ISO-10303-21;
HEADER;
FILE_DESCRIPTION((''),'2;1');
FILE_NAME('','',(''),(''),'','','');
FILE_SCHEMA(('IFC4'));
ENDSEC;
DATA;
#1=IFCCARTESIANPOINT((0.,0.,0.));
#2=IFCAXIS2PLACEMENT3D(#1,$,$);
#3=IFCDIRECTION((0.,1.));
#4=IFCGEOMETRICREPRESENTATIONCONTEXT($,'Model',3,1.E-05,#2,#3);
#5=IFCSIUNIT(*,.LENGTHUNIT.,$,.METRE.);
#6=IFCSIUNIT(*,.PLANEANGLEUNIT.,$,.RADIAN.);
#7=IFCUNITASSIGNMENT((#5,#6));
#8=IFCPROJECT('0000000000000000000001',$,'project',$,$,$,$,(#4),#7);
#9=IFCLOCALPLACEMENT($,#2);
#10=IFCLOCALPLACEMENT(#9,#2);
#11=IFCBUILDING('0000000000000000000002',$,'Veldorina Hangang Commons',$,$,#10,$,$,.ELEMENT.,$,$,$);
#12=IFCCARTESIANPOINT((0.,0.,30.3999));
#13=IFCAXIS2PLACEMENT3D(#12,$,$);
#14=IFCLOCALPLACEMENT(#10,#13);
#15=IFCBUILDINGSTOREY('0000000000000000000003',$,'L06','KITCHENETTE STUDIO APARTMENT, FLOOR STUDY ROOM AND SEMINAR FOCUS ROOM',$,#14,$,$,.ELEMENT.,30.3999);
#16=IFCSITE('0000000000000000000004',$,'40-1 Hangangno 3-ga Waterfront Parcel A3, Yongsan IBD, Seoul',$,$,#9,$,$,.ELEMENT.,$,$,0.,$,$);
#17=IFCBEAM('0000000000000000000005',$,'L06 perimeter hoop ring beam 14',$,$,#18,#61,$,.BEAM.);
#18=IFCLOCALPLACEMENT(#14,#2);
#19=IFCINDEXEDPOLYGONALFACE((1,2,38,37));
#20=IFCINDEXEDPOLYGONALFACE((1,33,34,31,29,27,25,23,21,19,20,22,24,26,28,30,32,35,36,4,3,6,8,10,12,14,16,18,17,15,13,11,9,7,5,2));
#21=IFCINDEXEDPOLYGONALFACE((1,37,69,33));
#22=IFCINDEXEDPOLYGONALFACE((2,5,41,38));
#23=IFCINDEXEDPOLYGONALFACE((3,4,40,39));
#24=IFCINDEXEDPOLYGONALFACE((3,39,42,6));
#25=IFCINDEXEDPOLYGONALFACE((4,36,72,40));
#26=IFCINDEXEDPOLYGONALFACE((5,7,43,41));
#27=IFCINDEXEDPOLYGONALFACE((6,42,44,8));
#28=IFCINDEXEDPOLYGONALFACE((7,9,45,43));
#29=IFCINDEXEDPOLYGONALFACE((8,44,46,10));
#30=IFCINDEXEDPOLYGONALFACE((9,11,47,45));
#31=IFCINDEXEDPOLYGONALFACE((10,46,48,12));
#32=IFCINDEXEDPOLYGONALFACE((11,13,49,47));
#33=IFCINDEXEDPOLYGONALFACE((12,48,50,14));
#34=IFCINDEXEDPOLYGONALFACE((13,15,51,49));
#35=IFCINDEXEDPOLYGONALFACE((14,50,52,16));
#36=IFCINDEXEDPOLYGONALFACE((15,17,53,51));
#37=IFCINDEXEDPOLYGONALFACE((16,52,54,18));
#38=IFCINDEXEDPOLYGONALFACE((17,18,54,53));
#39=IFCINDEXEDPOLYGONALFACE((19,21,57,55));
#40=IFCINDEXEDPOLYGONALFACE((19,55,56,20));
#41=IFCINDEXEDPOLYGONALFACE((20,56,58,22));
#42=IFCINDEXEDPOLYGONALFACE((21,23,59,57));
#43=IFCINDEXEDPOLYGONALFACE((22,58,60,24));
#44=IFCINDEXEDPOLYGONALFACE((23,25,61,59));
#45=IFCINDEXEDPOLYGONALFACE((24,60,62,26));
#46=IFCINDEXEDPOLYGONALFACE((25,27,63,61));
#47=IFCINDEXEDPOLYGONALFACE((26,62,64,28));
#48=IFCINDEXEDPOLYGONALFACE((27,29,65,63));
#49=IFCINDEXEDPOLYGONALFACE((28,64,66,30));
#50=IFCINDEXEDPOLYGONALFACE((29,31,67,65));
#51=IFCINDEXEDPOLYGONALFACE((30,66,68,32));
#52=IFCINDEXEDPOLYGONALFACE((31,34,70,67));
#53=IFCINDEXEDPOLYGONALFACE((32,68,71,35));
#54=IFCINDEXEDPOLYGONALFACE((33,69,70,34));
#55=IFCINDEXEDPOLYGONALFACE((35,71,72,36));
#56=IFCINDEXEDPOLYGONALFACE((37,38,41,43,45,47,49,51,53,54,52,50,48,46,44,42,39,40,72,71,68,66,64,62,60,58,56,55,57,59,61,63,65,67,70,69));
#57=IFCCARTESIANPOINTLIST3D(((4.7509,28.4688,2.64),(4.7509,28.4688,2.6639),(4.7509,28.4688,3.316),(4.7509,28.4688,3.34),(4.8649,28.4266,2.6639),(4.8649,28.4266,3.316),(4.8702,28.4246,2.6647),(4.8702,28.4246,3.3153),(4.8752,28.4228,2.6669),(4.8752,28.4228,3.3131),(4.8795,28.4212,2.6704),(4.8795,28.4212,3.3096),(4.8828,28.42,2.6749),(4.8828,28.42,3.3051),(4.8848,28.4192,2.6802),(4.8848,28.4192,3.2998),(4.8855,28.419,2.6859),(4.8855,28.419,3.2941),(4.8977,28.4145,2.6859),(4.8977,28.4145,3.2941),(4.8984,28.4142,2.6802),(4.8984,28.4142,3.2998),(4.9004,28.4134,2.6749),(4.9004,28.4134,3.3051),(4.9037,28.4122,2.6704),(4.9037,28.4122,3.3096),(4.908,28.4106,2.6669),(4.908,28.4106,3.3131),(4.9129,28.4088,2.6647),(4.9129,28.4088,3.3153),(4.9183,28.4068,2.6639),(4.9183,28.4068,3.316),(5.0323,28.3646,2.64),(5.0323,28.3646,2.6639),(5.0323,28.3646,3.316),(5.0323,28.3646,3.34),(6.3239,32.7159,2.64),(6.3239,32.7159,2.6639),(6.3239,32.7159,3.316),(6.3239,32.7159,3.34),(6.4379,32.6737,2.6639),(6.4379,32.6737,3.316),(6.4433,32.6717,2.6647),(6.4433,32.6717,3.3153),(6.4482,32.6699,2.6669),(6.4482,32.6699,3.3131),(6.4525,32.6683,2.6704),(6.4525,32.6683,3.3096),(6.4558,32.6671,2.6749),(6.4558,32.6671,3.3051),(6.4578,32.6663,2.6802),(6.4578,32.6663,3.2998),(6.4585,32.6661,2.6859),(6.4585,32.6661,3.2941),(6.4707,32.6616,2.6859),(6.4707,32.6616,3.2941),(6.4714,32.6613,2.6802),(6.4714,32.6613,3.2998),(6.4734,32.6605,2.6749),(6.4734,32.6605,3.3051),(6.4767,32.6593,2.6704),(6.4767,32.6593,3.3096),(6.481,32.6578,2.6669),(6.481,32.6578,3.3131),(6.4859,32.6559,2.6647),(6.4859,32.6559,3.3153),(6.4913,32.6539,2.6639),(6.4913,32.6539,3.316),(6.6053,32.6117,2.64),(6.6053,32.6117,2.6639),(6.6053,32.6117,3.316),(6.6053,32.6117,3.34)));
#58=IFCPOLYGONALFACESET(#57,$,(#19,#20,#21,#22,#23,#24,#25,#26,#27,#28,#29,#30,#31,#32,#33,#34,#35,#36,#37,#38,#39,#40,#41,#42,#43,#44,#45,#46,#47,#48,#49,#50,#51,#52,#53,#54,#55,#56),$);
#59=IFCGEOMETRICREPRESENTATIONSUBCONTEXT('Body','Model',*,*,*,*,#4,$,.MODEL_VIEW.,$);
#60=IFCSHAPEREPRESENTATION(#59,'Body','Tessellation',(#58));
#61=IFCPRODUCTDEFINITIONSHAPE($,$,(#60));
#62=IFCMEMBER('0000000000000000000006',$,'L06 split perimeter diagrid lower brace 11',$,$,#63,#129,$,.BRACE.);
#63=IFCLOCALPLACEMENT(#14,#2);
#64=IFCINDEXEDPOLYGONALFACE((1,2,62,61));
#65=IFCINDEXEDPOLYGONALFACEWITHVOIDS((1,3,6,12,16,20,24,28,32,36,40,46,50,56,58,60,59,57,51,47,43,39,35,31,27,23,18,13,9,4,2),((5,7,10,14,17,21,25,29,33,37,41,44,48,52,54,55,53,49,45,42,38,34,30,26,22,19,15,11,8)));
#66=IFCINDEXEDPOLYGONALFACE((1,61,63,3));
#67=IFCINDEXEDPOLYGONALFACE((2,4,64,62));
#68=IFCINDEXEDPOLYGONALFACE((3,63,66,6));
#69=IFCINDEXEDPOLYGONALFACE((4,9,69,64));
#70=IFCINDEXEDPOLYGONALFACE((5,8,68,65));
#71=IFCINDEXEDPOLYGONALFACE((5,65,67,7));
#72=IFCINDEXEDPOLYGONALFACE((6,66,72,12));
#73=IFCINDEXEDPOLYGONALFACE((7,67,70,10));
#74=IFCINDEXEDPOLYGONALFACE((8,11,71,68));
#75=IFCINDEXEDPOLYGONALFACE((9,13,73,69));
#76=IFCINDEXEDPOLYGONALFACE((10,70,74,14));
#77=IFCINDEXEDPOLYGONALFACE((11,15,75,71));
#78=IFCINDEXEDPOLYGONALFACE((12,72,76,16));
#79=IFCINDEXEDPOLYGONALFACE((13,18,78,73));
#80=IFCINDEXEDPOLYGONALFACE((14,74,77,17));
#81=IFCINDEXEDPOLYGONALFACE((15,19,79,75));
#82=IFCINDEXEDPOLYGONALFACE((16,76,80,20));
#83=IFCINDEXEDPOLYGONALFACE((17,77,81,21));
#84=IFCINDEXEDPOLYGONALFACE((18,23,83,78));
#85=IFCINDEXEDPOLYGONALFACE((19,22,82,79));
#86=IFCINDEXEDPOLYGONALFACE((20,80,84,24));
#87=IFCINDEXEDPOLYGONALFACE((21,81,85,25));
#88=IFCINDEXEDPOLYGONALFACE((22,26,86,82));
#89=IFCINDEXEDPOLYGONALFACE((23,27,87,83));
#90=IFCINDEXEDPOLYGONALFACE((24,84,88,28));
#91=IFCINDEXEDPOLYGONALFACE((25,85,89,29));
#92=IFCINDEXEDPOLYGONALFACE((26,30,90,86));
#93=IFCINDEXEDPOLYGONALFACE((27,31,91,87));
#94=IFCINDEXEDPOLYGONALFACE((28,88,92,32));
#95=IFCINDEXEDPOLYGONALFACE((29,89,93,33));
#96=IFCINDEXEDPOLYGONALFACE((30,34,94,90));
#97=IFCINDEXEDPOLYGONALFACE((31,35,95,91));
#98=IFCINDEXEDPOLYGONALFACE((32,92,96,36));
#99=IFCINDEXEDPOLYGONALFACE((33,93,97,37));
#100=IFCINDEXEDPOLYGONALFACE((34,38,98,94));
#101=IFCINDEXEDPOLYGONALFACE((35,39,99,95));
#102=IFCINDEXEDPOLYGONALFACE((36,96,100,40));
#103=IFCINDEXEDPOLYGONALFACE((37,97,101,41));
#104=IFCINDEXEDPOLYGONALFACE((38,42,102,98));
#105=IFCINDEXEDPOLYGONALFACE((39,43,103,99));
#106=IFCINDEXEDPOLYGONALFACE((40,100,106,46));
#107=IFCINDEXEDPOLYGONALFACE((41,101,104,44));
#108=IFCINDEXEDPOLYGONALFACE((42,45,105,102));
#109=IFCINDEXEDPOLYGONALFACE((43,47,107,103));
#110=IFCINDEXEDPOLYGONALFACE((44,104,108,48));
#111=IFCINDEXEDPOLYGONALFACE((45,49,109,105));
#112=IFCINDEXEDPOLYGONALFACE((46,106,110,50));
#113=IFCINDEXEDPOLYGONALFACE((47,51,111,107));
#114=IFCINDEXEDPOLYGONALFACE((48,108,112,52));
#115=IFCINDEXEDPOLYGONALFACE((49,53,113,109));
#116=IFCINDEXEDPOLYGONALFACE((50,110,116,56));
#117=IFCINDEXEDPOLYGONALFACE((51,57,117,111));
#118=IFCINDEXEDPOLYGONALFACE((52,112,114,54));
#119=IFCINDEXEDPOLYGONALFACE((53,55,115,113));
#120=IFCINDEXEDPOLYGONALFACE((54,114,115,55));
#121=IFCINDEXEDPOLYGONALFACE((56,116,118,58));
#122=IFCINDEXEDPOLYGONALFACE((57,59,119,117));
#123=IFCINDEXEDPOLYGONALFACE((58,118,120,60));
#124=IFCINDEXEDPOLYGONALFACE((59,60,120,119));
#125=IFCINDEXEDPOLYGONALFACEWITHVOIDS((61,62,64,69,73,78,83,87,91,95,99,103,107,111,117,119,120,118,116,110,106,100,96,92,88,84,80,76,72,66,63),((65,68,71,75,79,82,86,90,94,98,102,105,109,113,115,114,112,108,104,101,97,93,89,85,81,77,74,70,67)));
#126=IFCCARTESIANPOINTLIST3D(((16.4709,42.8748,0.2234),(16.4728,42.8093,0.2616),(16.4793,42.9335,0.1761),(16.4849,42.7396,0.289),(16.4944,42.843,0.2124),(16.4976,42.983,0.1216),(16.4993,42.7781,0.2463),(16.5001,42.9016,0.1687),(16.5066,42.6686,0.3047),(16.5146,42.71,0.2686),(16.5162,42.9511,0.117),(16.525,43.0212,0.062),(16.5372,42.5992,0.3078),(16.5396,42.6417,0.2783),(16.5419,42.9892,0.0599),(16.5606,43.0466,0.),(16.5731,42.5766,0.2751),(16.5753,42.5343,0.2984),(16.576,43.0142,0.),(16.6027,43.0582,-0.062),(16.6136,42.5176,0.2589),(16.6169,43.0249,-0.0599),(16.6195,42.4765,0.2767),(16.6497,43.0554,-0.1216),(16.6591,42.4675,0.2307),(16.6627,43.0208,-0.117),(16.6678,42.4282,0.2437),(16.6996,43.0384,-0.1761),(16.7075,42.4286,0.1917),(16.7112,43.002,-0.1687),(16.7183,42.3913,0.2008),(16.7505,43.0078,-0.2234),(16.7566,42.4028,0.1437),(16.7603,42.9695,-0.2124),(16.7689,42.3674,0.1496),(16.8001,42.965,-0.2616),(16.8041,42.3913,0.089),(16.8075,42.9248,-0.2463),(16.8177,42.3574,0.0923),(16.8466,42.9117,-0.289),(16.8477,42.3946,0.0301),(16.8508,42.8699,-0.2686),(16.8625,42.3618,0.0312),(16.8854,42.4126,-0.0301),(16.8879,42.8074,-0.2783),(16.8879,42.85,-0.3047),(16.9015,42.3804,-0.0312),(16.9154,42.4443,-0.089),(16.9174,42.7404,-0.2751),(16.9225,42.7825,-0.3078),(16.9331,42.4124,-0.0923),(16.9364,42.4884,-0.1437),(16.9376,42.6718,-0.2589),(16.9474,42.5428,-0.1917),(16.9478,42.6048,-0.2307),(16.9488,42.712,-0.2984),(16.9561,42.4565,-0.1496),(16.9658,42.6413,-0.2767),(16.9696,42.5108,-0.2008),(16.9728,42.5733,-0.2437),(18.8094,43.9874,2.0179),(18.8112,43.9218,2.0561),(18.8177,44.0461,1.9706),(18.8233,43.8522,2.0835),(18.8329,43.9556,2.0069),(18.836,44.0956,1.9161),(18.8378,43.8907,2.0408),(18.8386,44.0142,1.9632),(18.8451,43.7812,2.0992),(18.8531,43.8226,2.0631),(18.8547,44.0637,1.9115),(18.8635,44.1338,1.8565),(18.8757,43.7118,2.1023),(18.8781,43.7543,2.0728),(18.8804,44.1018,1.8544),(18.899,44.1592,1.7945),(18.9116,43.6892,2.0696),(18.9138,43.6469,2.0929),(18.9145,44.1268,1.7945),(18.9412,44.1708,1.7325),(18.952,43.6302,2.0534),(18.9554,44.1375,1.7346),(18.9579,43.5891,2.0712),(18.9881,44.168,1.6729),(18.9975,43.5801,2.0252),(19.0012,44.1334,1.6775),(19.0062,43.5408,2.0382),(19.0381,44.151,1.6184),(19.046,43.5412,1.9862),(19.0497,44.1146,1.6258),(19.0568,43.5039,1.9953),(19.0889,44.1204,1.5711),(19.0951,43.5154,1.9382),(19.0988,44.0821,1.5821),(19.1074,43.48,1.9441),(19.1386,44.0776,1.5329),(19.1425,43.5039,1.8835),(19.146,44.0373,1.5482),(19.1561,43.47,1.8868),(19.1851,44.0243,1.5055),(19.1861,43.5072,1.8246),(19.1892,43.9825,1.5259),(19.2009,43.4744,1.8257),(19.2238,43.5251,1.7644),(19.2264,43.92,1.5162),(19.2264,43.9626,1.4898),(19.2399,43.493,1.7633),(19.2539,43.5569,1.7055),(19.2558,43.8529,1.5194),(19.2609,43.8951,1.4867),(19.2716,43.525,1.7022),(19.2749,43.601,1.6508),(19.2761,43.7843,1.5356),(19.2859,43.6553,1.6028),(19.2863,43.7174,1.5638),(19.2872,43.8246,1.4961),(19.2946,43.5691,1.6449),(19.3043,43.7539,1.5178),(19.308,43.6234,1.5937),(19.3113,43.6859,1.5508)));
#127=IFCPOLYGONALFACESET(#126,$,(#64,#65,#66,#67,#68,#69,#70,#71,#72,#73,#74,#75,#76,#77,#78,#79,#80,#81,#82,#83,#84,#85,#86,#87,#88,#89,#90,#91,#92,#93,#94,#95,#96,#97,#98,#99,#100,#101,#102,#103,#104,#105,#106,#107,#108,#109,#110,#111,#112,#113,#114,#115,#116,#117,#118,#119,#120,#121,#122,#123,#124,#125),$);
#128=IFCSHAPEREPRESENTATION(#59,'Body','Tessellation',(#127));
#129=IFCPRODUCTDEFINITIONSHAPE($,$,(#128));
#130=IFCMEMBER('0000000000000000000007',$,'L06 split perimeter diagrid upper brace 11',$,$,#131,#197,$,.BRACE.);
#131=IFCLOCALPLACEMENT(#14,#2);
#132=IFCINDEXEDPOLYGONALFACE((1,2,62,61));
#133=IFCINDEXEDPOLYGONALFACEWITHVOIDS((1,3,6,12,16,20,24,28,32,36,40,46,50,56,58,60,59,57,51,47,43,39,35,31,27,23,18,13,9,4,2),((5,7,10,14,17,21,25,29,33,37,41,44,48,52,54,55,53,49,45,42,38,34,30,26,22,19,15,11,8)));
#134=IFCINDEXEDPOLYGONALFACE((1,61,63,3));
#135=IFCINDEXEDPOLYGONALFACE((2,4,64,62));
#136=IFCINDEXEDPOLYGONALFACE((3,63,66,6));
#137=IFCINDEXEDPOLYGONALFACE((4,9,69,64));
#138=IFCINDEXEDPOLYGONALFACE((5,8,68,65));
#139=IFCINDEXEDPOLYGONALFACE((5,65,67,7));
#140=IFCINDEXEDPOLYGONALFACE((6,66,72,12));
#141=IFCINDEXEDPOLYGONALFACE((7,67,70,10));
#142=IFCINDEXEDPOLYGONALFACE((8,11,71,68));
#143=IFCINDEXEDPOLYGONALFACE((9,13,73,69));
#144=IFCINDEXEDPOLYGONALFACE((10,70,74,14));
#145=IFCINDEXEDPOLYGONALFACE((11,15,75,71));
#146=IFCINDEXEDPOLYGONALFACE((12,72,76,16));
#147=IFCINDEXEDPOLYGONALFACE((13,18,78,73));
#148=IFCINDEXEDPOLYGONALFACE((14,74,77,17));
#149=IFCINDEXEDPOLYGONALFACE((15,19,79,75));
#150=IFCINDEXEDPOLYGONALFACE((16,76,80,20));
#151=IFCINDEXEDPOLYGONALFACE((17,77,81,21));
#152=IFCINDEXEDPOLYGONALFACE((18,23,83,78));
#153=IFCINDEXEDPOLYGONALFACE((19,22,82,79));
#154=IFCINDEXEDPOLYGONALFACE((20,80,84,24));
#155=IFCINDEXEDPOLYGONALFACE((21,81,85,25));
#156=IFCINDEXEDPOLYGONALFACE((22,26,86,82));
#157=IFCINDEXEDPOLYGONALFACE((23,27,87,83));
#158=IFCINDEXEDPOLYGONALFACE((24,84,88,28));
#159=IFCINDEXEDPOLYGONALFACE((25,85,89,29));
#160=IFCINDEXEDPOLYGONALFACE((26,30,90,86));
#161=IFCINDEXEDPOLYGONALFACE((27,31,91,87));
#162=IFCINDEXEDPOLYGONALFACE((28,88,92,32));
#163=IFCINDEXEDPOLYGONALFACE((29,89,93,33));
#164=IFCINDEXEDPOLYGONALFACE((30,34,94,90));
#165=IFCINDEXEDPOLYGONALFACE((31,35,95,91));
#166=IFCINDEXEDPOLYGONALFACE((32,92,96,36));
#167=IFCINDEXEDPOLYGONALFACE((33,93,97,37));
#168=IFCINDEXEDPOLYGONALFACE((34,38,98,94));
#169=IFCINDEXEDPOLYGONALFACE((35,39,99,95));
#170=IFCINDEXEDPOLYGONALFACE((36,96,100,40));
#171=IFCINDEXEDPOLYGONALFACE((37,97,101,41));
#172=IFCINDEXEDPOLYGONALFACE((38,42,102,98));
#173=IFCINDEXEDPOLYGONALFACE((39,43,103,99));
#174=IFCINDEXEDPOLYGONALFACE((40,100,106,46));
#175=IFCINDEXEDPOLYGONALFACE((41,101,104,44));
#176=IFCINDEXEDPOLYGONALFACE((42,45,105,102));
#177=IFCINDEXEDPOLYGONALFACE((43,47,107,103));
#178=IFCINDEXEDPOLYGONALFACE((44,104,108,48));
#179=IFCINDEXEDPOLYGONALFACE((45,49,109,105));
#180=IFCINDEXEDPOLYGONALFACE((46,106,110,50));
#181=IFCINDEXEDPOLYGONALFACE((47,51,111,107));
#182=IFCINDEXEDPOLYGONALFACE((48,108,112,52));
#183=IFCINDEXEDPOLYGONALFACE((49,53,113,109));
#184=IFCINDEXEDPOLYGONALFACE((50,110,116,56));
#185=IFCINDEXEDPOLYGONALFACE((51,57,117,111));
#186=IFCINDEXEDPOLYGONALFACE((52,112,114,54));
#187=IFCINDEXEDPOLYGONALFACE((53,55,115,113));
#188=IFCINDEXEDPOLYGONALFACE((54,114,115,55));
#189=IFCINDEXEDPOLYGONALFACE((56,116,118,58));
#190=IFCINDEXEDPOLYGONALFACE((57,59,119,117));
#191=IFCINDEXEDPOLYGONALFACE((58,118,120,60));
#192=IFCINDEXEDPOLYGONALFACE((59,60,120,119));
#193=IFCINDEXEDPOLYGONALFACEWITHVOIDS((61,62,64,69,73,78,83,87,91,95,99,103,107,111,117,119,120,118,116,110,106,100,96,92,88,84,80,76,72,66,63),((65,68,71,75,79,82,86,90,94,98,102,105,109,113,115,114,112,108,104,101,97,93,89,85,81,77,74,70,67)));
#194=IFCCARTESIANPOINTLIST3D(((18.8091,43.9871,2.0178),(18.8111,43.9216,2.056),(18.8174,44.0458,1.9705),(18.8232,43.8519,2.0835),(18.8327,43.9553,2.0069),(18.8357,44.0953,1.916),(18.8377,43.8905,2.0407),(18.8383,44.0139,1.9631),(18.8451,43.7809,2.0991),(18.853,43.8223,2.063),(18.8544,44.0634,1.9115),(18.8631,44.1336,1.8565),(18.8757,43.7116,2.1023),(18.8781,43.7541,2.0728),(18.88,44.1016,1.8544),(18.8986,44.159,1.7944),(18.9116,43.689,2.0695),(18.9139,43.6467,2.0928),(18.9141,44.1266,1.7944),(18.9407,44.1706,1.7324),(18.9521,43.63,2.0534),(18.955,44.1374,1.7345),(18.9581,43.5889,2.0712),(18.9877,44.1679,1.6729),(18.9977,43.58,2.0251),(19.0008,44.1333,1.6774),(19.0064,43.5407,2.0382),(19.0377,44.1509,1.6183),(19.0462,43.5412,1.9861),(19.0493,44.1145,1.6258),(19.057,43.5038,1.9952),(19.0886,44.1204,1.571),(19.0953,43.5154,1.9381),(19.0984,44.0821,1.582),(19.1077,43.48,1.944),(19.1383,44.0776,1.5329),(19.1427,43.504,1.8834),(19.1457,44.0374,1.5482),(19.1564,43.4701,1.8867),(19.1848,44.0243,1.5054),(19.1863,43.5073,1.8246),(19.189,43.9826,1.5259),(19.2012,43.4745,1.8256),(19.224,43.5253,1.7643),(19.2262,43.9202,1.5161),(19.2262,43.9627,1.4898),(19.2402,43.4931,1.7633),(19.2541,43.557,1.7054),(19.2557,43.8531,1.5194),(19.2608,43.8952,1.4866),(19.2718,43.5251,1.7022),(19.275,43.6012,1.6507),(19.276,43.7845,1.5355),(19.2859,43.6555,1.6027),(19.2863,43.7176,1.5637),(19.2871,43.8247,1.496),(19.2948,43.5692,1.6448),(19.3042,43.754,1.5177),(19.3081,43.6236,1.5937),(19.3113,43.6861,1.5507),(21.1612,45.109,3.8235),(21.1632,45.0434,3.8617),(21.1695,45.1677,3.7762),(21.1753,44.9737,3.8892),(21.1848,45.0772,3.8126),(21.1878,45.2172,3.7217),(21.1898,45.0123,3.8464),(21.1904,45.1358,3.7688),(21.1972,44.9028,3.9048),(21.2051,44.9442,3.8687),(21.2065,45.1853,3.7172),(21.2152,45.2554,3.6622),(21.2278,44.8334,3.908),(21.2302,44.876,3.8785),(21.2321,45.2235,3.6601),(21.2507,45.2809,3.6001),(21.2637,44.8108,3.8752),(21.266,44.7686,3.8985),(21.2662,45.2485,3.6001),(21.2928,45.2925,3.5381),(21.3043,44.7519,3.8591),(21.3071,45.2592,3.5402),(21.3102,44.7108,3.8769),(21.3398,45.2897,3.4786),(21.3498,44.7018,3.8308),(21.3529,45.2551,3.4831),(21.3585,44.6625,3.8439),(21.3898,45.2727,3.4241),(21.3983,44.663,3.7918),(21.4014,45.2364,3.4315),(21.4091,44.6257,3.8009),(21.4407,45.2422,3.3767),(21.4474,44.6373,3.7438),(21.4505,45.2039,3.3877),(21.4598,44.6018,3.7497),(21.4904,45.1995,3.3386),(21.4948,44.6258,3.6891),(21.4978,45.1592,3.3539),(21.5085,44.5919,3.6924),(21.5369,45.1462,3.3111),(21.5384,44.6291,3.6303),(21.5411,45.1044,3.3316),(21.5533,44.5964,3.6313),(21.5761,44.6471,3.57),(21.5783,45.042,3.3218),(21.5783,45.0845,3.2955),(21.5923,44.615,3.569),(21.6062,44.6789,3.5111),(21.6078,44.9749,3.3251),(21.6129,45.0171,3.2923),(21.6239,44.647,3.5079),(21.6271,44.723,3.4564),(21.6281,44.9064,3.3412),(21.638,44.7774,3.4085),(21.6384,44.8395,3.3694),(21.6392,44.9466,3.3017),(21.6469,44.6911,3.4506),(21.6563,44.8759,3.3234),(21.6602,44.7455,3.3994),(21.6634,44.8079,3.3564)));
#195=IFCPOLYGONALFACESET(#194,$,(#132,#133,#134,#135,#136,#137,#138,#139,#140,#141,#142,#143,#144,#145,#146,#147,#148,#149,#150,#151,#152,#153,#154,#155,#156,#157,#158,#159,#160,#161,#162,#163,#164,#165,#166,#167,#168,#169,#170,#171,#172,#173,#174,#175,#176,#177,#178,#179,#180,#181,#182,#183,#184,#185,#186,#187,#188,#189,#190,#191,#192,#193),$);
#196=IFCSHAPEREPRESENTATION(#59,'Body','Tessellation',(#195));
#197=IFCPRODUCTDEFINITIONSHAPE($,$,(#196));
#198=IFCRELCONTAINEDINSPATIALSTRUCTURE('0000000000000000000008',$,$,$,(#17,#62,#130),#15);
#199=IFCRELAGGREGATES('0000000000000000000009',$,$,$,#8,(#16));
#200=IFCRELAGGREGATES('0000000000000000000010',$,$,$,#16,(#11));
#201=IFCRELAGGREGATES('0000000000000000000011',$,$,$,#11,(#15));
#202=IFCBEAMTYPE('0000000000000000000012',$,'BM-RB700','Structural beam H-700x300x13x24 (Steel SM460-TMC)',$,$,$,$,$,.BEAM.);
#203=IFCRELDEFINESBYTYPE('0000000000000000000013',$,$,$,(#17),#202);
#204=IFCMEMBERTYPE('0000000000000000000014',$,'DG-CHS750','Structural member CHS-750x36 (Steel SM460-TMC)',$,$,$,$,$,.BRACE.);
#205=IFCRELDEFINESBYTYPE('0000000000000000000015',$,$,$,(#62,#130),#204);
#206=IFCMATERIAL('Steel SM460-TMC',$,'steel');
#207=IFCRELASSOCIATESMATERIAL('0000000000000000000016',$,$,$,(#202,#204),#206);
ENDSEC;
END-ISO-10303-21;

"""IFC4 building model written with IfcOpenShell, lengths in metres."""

from ifc_helpers import new_model, si_unit, direction, frame, origin, origin_2d, place, context, subcontext, project, spatial, hollow_circle, i_section, extrude, material, material_profile, profile_set, type_object, element, save


model = new_model("IFC4")

# Units and contexts
model_context = context("Model", 3, precision=1e-05, world=origin(), true_north=direction((0.0, 1.0)))
body_context = subcontext(model_context, "Body", "Model", "MODEL_VIEW")
ifc_project = project(units=[si_unit("LENGTHUNIT", "METRE"), si_unit("PLANEANGLEUNIT", "RADIAN")], contexts=[model_context])

# Site, building, storey
site_placement = place(None, origin())
site = spatial("IfcSite", under=ifc_project, at=site_placement, Name="40-1 Hangangno 3-ga Waterfront Parcel A3, Yongsan IBD, Seoul", CompositionType="ELEMENT", RefElevation=0.0)
building_placement = place(site_placement, origin())
building = spatial("IfcBuilding", under=site, at=building_placement, Name="Veldorina Hangang Commons", CompositionType="ELEMENT")
storey_placement = place(building_placement, frame((0.0, 0.0, 30.3999)))
storey = spatial("IfcBuildingStorey", under=building, at=storey_placement, Name="L06", Description="KITCHENETTE STUDIO APARTMENT, FLOOR STUDY ROOM AND SEMINAR FOCUS ROOM", CompositionType="ELEMENT", Elevation=30.3999)

# Beam
ifc_material_1 = material(Name="Steel SM460-TMC", Category="steel")
ifc_material_profile_1 = material_profile(ifc_material_1, i_section(OverallWidth=0.3, OverallDepth=0.7, WebThickness=0.0129, FlangeThickness=0.0239, FilletRadius=0.022, at=origin_2d()), Name="H-700x300x13x24")
ifc_profile_set_1 = profile_set([ifc_material_profile_1], Name="Steel SM460-TMC")
beam_type_1 = type_object("IfcBeamType", Name="BM-RB700", Description="Structural beam H-700x300x13x24 (Steel SM460-TMC)", PredefinedType="BEAM", material=ifc_profile_set_1)
beam_1_placement = place(storey_placement, frame((6.4646, 32.6638, 2.99), z_axis=(-0.347316, -0.937748, 0.0), x_axis=(0.937748, -0.347316, 0.0)))
element("IfcBeam", 1, at=beam_1_placement, inside=storey, type_object=beam_type_1, Name="L06 perimeter hoop ring beam 14", PredefinedType="BEAM", context=body_context, shape_type="SweptSolid", body=[
    extrude(i_section(OverallWidth=0.3, OverallDepth=0.7, WebThickness=0.0129, FlangeThickness=0.0239, FilletRadius=0.022, at=origin_2d()), origin(), (0.0, 0.0, 1.0), 4.5291),
])

# Members
ifc_material_profile_2 = material_profile(ifc_material_1, hollow_circle(Radius=0.375, WallThickness=0.0359, at=origin_2d()), Name="CHS-750x36")
ifc_profile_set_2 = profile_set([ifc_material_profile_2], Name="Steel SM460-TMC")
member_type = type_object("IfcMemberType", Name="DG-CHS750", Description="Structural member CHS-750x36 (Steel SM460-TMC)", PredefinedType="BRACE", material=ifc_profile_set_2)
member_1_placement = place(storey_placement, frame((16.7217, 42.708, 0.0), z_axis=(0.74222, 0.353132, 0.569568), x_axis=(-0.42963, 0.903005, 0.0)))
element("IfcMember", 2, at=member_1_placement, inside=storey, type_object=member_type, Name="L06 split perimeter diagrid lower brace 11", PredefinedType="BRACE", context=body_context, shape_type="SweptSolid", body=[
    extrude(hollow_circle(Radius=0.375, WallThickness=0.0359, at=origin_2d()), origin(), (0.0, 0.0, 1.0), 3.1506),
])
member_2_placement = place(storey_placement, frame((19.0601, 43.8206, 1.7944), z_axis=(0.741892, 0.35385, 0.569549), x_axis=(-0.430497, 0.902592, 0.0)))
element("IfcMember", 3, at=member_2_placement, inside=storey, type_object=member_type, Name="L06 split perimeter diagrid upper brace 11", PredefinedType="BRACE", context=body_context, shape_type="SweptSolid", body=[
    extrude(hollow_circle(Radius=0.375, WallThickness=0.0359, at=origin_2d()), origin(), (0.0, 0.0, 1.0), 3.1704),
])

save(model, "model.ifc")
